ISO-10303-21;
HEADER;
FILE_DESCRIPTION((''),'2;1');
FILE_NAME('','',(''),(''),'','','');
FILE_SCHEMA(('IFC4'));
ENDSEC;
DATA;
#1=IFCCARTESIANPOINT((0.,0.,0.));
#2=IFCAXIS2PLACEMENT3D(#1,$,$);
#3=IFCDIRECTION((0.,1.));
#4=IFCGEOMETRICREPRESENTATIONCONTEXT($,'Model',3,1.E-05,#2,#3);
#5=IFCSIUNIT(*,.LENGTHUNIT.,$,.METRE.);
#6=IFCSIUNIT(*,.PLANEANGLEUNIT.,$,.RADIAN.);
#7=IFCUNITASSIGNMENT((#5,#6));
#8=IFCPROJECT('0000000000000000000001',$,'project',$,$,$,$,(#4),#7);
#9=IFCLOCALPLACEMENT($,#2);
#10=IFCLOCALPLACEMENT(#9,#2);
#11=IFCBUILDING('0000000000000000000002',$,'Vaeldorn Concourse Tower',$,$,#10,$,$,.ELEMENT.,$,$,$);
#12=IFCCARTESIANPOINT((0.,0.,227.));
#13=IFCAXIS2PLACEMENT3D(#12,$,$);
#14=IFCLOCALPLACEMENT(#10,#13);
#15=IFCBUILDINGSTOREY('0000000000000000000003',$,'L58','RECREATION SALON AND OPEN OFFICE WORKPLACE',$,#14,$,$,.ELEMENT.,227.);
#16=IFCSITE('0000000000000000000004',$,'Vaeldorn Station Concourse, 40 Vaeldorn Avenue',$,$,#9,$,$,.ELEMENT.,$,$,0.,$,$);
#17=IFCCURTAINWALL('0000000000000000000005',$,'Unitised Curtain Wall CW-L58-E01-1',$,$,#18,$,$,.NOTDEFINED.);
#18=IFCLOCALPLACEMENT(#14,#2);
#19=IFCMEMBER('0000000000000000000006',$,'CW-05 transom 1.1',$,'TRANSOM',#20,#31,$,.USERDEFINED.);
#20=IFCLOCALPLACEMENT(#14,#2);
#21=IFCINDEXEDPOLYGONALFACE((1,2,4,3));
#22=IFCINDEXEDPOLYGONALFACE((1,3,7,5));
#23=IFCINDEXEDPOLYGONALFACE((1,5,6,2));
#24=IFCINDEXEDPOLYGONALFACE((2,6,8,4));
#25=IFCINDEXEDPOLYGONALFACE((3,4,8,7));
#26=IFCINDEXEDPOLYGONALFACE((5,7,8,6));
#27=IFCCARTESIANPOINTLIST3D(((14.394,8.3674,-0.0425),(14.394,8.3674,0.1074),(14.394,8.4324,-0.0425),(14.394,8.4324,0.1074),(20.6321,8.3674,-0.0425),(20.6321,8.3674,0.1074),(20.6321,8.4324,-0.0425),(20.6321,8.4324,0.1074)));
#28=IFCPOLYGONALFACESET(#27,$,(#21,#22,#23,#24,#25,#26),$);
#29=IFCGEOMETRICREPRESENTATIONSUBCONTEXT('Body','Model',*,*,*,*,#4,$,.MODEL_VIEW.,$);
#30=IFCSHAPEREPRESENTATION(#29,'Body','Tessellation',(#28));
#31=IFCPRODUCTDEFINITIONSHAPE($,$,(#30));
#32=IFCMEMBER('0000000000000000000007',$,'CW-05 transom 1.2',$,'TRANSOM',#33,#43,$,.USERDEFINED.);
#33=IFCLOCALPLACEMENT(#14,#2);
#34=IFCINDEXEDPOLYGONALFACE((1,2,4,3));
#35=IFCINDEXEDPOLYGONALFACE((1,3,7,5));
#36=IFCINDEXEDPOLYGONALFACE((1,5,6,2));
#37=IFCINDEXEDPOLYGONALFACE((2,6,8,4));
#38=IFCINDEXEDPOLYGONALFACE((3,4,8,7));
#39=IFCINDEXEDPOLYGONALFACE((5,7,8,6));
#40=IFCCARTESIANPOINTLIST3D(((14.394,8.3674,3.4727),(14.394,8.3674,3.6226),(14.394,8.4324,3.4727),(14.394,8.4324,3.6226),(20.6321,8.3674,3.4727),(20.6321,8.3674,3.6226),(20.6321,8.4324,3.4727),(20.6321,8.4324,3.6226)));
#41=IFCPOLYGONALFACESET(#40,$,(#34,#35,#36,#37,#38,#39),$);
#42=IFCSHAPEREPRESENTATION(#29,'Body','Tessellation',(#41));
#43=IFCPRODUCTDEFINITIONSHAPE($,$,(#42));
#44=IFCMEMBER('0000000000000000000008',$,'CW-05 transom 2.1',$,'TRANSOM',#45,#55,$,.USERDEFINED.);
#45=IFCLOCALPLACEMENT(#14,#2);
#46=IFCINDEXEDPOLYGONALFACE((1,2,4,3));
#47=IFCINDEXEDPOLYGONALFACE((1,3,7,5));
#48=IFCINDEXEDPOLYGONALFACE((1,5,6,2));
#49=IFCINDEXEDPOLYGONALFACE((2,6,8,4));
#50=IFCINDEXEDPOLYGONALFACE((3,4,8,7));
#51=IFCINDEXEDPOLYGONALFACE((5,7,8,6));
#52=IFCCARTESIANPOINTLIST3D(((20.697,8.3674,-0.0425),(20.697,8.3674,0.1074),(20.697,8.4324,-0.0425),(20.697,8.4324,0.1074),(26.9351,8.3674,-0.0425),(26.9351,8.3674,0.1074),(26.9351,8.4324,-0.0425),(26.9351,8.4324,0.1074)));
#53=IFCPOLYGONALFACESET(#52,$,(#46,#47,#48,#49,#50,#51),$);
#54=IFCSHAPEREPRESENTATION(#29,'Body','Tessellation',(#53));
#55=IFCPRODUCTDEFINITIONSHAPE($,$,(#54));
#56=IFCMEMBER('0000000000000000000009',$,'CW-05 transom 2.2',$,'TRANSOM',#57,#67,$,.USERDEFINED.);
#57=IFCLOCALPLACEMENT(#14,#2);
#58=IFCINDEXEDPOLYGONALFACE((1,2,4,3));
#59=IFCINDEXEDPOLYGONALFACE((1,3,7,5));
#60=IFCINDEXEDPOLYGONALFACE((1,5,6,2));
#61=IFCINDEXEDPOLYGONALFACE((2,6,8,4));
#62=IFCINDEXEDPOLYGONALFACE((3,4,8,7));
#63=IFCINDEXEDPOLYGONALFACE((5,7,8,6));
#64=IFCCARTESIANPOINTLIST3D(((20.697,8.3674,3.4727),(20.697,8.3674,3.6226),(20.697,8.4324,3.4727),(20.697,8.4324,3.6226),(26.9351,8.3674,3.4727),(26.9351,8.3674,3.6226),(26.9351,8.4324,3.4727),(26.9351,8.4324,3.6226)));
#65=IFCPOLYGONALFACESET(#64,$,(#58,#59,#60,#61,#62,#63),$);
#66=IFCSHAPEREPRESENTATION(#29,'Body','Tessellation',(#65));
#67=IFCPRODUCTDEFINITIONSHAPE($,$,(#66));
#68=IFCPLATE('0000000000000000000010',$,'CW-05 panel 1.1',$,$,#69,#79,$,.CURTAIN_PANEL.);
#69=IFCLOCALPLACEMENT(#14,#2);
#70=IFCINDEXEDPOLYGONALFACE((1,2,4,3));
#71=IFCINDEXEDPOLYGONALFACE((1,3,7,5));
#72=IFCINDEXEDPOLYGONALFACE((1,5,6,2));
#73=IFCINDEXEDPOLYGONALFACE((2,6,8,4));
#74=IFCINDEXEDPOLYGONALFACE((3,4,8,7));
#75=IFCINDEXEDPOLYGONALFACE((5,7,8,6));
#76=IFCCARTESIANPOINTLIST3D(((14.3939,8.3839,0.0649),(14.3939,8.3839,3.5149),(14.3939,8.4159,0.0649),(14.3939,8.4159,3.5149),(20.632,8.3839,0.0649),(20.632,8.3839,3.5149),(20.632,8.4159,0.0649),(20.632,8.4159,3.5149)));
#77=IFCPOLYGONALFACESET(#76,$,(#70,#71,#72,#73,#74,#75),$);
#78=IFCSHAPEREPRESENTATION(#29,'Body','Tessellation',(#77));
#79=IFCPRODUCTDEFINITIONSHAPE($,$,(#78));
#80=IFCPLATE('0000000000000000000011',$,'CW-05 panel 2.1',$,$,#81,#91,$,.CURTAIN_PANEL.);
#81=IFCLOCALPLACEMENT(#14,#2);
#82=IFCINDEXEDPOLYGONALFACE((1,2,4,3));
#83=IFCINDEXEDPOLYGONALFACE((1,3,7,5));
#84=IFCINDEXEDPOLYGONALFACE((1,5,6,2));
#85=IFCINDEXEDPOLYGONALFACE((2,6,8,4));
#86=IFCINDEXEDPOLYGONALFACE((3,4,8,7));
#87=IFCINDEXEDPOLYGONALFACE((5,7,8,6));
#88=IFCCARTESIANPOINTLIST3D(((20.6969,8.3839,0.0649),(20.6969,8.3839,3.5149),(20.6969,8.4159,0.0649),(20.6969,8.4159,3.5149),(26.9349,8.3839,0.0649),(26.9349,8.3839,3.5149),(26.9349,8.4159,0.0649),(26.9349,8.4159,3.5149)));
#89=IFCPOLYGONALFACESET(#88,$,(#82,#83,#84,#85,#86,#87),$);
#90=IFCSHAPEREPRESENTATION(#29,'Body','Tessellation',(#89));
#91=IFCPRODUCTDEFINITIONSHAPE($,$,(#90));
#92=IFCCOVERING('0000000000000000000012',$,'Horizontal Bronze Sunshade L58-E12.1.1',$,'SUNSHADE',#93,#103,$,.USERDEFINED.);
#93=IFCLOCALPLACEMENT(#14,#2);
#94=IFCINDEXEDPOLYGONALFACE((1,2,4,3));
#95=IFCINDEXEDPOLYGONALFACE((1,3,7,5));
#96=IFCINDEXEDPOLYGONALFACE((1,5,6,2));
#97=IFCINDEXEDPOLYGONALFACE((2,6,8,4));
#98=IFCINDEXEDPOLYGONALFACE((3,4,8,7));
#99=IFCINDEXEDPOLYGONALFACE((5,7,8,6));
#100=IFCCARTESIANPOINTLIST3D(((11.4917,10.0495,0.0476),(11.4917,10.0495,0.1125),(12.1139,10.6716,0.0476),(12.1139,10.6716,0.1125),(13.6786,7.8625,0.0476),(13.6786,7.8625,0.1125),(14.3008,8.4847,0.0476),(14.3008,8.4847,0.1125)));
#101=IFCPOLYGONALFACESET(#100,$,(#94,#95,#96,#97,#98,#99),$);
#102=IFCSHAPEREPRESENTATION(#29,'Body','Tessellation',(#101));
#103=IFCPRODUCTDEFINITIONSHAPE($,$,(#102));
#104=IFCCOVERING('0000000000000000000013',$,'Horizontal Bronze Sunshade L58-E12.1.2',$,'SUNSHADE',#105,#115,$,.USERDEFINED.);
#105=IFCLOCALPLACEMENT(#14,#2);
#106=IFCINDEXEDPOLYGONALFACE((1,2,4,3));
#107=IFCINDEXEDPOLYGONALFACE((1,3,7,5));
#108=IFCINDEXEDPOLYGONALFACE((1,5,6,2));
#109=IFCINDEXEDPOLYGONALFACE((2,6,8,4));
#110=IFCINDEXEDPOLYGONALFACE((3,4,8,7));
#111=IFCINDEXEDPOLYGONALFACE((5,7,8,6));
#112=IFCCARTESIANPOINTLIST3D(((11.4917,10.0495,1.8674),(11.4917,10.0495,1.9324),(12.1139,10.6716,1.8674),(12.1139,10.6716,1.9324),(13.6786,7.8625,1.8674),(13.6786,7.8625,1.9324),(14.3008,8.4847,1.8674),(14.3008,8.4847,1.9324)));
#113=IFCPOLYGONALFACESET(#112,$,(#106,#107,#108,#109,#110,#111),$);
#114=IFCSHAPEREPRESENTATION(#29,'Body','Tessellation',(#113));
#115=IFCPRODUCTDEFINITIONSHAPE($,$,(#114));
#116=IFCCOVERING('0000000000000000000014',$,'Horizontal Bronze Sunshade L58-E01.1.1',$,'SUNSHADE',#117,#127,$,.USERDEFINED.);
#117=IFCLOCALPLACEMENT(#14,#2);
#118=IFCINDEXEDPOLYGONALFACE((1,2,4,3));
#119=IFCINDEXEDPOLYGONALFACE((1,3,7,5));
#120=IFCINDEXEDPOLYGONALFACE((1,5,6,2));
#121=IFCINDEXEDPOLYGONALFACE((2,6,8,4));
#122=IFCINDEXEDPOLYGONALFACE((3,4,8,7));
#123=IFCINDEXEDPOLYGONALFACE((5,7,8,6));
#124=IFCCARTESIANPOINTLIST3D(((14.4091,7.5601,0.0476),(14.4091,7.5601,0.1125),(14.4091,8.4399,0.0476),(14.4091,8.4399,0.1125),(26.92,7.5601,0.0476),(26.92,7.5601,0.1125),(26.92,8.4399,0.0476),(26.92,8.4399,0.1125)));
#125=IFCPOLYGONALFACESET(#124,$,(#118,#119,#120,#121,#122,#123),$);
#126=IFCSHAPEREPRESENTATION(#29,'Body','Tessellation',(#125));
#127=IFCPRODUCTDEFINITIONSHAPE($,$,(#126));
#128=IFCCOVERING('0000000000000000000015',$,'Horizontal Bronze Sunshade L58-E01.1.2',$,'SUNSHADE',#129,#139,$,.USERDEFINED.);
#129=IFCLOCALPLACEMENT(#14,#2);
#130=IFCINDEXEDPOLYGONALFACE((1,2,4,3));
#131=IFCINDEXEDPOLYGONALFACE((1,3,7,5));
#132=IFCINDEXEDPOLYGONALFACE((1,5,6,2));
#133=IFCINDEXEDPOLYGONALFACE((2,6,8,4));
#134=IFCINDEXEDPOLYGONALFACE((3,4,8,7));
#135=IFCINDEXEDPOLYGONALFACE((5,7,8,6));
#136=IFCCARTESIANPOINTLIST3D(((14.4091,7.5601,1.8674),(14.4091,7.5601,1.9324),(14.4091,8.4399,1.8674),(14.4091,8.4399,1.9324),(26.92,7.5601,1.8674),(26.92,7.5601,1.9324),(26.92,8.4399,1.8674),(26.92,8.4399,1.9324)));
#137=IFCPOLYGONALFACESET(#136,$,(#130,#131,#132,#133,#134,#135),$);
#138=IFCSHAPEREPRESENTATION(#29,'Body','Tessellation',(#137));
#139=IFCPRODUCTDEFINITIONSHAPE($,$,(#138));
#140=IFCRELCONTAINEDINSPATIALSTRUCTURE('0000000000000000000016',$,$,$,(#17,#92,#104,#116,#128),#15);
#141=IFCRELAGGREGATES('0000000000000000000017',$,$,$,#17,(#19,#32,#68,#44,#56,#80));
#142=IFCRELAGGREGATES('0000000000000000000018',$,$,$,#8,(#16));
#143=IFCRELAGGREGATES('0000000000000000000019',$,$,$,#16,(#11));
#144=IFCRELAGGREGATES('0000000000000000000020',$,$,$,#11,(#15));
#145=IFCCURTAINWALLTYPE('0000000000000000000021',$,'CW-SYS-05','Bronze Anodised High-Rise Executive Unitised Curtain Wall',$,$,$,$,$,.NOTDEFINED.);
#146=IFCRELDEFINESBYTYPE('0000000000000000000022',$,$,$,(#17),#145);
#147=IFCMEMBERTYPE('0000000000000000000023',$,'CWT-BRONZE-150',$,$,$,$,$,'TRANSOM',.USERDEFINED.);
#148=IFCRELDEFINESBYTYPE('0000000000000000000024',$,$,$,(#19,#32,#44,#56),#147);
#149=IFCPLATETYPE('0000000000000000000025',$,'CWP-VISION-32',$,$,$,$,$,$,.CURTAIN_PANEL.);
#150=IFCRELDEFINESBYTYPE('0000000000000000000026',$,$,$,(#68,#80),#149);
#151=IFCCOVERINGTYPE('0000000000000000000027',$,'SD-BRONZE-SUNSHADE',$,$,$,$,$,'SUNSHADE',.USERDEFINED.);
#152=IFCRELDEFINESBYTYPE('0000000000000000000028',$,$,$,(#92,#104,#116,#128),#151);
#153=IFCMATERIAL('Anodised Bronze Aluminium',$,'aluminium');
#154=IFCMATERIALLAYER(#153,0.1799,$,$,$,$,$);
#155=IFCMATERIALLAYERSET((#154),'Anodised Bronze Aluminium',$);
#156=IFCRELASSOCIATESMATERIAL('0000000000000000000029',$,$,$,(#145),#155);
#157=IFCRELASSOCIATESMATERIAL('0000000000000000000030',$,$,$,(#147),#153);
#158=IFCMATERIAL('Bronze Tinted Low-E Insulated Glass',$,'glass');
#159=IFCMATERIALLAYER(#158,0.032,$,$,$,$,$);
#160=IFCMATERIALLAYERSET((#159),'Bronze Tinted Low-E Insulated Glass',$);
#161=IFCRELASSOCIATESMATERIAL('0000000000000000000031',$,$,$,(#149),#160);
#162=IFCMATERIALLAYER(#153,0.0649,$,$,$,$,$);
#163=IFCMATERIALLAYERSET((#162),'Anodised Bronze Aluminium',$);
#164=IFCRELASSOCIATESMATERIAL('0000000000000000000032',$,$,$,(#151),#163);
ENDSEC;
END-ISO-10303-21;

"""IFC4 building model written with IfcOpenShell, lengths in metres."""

from ifc_helpers import new_model, si_unit, direction, frame, origin, origin_2d, place, context, subcontext, project, spatial, rectangle, extrude, source, transform, mapped, material, layer, layer_set, material_profile, profile_set, type_object, element, aggregate, save


model = new_model("IFC4")

# Units and contexts
model_context = context("Model", 3, precision=1e-05, world=origin(), true_north=direction((0.0, 1.0)))
body_context = subcontext(model_context, "Body", "Model", "MODEL_VIEW")
ifc_project = project(units=[si_unit("LENGTHUNIT", "METRE"), si_unit("PLANEANGLEUNIT", "RADIAN")], contexts=[model_context])

# Site, building, storey
site_placement = place(None, origin())
site = spatial("IfcSite", under=ifc_project, at=site_placement, Name="Vaeldorn Station Concourse, 40 Vaeldorn Avenue", CompositionType="ELEMENT", RefElevation=0.0)
building_placement = place(site_placement, origin())
building = spatial("IfcBuilding", under=site, at=building_placement, Name="Vaeldorn Concourse Tower", CompositionType="ELEMENT")
storey_placement = place(building_placement, frame((0.0, 0.0, 227.0)))
storey = spatial("IfcBuildingStorey", under=building, at=storey_placement, Name="L58", Description="RECREATION SALON AND OPEN OFFICE WORKPLACE", CompositionType="ELEMENT", Elevation=227.0)

# Curtain wall
ifc_material_1 = material(Name="Anodised Bronze Aluminium", Category="aluminium")
ifc_layer_1 = layer(ifc_material_1, 0.1799)
ifc_layer_set_1 = layer_set([ifc_layer_1], Name="Anodised Bronze Aluminium")
curtain_wall_type = type_object("IfcCurtainWallType", Name="CW-SYS-05", Description="Bronze Anodised High-Rise Executive Unitised Curtain Wall", PredefinedType="NOTDEFINED", material=ifc_layer_set_1)
ifc_material_profile_1 = material_profile(ifc_material_1, rectangle(XDim=0.0649, YDim=0.1499, at=origin_2d()), Name="CWT 65x150")
ifc_profile_set_1 = profile_set([ifc_material_profile_1], Name="Anodised Bronze Aluminium")
member_type_1 = type_object("IfcMemberType", Name="CWT-BRONZE-150", ElementType="TRANSOM", PredefinedType="USERDEFINED", material=ifc_profile_set_1)
curtain_wall_1_placement = place(storey_placement, origin())
curtain_wall_1 = element("IfcCurtainWall", 1, at=curtain_wall_1_placement, inside=storey, type_object=curtain_wall_type, Name="Unitised Curtain Wall CW-L58-E01-1", PredefinedType="NOTDEFINED")

# Members
shared_shape_1 = source(origin(), body_context, "Body", "SweptSolid", [
    extrude(rectangle(XDim=0.0649, YDim=0.1499, at=origin_2d()), origin(), (0.0, 0.0, 1.0), 6.238),
])
member_1_placement = place(storey_placement, frame((14.394, 8.3999, 0.0325), z_axis=(1.0, 0.0, 0.0), x_axis=(0.0, 1.0, 0.0)))
member_1 = element("IfcMember", 2, at=member_1_placement, type_object=member_type_1, Name="CW-05 transom 1.1", ObjectType="TRANSOM", PredefinedType="USERDEFINED", context=body_context, shape_type="MappedRepresentation", body=[
    mapped(shared_shape_1, transform((0.0, 0.0, 0.0), scale=1.0)),
])
member_2_placement = place(storey_placement, frame((14.394, 8.3999, 3.5476), z_axis=(1.0, 0.0, 0.0), x_axis=(0.0, 1.0, 0.0)))
member_2 = element("IfcMember", 3, at=member_2_placement, type_object=member_type_1, Name="CW-05 transom 1.2", ObjectType="TRANSOM", PredefinedType="USERDEFINED", context=body_context, shape_type="MappedRepresentation", body=[
    mapped(shared_shape_1, transform((0.0, 0.0, 0.0), scale=1.0)),
])
member_3_placement = place(storey_placement, frame((20.697, 8.3999, 0.0325), z_axis=(1.0, 0.0, 0.0), x_axis=(0.0, 1.0, 0.0)))
member_3 = element("IfcMember", 4, at=member_3_placement, type_object=member_type_1, Name="CW-05 transom 2.1", ObjectType="TRANSOM", PredefinedType="USERDEFINED", context=body_context, shape_type="MappedRepresentation", body=[
    mapped(shared_shape_1, transform((0.0, 0.0, 0.0), scale=1.0)),
])
member_4_placement = place(storey_placement, frame((20.697, 8.3999, 3.5476), z_axis=(1.0, 0.0, 0.0), x_axis=(0.0, 1.0, 0.0)))
member_4 = element("IfcMember", 5, at=member_4_placement, type_object=member_type_1, Name="CW-05 transom 2.2", ObjectType="TRANSOM", PredefinedType="USERDEFINED", context=body_context, shape_type="MappedRepresentation", body=[
    mapped(shared_shape_1, transform((0.0, 0.0, 0.0), scale=1.0)),
])

# Plates
ifc_material_2 = material(Name="Bronze Tinted Low-E Insulated Glass", Category="glass")
ifc_layer_2 = layer(ifc_material_2, 0.032)
ifc_layer_set_2 = layer_set([ifc_layer_2], Name="Bronze Tinted Low-E Insulated Glass")
plate_type = type_object("IfcPlateType", Name="CWP-VISION-32", PredefinedType="CURTAIN_PANEL", material=ifc_layer_set_2)
shared_shape_2 = source(origin(), body_context, "Body", "SweptSolid", [
    extrude(rectangle(XDim=6.238, YDim=0.032, at=origin_2d()), origin(), (0.0, 0.0, 1.0), 3.45),
])
plate_1_placement = place(storey_placement, frame((17.5129, 8.3999, 0.0649), z_axis=(0.0, 0.0, 1.0), x_axis=(1.0, 0.0, 0.0)))
plate_1 = element("IfcPlate", 6, at=plate_1_placement, type_object=plate_type, Name="CW-05 panel 1.1", PredefinedType="CURTAIN_PANEL", context=body_context, shape_type="MappedRepresentation", body=[
    mapped(shared_shape_2, transform((0.0, 0.0, 0.0), scale=1.0)),
])
plate_2_placement = place(storey_placement, frame((23.8159, 8.3999, 0.0649), z_axis=(0.0, 0.0, 1.0), x_axis=(1.0, 0.0, 0.0)))
plate_2 = element("IfcPlate", 7, at=plate_2_placement, type_object=plate_type, Name="CW-05 panel 2.1", PredefinedType="CURTAIN_PANEL", context=body_context, shape_type="MappedRepresentation", body=[
    mapped(shared_shape_2, transform((0.0, 0.0, 0.0), scale=1.0)),
])
aggregate(curtain_wall_1, [member_1, member_2, plate_1, member_3, member_4, plate_2])

# Coverings
ifc_layer_3 = layer(ifc_material_1, 0.0649)
ifc_layer_set_3 = layer_set([ifc_layer_3], Name="Anodised Bronze Aluminium")
covering_type = type_object("IfcCoveringType", Name="SD-BRONZE-SUNSHADE", ElementType="SUNSHADE", PredefinedType="USERDEFINED", material=ifc_layer_set_3)
shared_shape_3 = source(origin(), body_context, "Body", "SweptSolid", [
    extrude(rectangle(XDim=3.0928, YDim=0.8799, at=origin_2d()), origin(), (0.0, 0.0, 1.0), 0.0649),
])
for number, where, z_axis, x_axis, name in (
    (8, (12.8962, 9.2671, 0.0476), (0.0, 0.0, 1.0), (0.707107, -0.707107, 0.0), "Horizontal Bronze Sunshade L58-E12.1.1"),
    (9, (12.8962, 9.2671, 1.8674), (0.0, 0.0, 1.0), (0.707107, -0.707107, 0.0), "Horizontal Bronze Sunshade L58-E12.1.2"),
):
    element("IfcCovering", number, at=place(storey_placement, frame(where, z_axis=z_axis, x_axis=x_axis)), inside=storey, type_object=covering_type, Name=name, ObjectType="SUNSHADE", PredefinedType="USERDEFINED", context=body_context, shape_type="MappedRepresentation", body=[
        mapped(shared_shape_3, transform((0.0, 0.0, 0.0), scale=1.0)),
    ])
shared_shape_4 = source(origin(), body_context, "Body", "SweptSolid", [
    extrude(rectangle(XDim=12.511, YDim=0.8799, at=origin_2d()), origin(), (0.0, 0.0, 1.0), 0.0649),
])
for number, where, z_axis, x_axis, name in (
    (10, (20.6646, 8.0, 0.0476), (0.0, 0.0, 1.0), (1.0, 0.0, 0.0), "Horizontal Bronze Sunshade L58-E01.1.1"),
    (11, (20.6646, 8.0, 1.8674), (0.0, 0.0, 1.0), (1.0, 0.0, 0.0), "Horizontal Bronze Sunshade L58-E01.1.2"),
):
    element("IfcCovering", number, at=place(storey_placement, frame(where, z_axis=z_axis, x_axis=x_axis)), inside=storey, type_object=covering_type, Name=name, ObjectType="SUNSHADE", PredefinedType="USERDEFINED", context=body_context, shape_type="MappedRepresentation", body=[
        mapped(shared_shape_4, transform((0.0, 0.0, 0.0), scale=1.0)),
    ])

save(model, "model.ifc")
